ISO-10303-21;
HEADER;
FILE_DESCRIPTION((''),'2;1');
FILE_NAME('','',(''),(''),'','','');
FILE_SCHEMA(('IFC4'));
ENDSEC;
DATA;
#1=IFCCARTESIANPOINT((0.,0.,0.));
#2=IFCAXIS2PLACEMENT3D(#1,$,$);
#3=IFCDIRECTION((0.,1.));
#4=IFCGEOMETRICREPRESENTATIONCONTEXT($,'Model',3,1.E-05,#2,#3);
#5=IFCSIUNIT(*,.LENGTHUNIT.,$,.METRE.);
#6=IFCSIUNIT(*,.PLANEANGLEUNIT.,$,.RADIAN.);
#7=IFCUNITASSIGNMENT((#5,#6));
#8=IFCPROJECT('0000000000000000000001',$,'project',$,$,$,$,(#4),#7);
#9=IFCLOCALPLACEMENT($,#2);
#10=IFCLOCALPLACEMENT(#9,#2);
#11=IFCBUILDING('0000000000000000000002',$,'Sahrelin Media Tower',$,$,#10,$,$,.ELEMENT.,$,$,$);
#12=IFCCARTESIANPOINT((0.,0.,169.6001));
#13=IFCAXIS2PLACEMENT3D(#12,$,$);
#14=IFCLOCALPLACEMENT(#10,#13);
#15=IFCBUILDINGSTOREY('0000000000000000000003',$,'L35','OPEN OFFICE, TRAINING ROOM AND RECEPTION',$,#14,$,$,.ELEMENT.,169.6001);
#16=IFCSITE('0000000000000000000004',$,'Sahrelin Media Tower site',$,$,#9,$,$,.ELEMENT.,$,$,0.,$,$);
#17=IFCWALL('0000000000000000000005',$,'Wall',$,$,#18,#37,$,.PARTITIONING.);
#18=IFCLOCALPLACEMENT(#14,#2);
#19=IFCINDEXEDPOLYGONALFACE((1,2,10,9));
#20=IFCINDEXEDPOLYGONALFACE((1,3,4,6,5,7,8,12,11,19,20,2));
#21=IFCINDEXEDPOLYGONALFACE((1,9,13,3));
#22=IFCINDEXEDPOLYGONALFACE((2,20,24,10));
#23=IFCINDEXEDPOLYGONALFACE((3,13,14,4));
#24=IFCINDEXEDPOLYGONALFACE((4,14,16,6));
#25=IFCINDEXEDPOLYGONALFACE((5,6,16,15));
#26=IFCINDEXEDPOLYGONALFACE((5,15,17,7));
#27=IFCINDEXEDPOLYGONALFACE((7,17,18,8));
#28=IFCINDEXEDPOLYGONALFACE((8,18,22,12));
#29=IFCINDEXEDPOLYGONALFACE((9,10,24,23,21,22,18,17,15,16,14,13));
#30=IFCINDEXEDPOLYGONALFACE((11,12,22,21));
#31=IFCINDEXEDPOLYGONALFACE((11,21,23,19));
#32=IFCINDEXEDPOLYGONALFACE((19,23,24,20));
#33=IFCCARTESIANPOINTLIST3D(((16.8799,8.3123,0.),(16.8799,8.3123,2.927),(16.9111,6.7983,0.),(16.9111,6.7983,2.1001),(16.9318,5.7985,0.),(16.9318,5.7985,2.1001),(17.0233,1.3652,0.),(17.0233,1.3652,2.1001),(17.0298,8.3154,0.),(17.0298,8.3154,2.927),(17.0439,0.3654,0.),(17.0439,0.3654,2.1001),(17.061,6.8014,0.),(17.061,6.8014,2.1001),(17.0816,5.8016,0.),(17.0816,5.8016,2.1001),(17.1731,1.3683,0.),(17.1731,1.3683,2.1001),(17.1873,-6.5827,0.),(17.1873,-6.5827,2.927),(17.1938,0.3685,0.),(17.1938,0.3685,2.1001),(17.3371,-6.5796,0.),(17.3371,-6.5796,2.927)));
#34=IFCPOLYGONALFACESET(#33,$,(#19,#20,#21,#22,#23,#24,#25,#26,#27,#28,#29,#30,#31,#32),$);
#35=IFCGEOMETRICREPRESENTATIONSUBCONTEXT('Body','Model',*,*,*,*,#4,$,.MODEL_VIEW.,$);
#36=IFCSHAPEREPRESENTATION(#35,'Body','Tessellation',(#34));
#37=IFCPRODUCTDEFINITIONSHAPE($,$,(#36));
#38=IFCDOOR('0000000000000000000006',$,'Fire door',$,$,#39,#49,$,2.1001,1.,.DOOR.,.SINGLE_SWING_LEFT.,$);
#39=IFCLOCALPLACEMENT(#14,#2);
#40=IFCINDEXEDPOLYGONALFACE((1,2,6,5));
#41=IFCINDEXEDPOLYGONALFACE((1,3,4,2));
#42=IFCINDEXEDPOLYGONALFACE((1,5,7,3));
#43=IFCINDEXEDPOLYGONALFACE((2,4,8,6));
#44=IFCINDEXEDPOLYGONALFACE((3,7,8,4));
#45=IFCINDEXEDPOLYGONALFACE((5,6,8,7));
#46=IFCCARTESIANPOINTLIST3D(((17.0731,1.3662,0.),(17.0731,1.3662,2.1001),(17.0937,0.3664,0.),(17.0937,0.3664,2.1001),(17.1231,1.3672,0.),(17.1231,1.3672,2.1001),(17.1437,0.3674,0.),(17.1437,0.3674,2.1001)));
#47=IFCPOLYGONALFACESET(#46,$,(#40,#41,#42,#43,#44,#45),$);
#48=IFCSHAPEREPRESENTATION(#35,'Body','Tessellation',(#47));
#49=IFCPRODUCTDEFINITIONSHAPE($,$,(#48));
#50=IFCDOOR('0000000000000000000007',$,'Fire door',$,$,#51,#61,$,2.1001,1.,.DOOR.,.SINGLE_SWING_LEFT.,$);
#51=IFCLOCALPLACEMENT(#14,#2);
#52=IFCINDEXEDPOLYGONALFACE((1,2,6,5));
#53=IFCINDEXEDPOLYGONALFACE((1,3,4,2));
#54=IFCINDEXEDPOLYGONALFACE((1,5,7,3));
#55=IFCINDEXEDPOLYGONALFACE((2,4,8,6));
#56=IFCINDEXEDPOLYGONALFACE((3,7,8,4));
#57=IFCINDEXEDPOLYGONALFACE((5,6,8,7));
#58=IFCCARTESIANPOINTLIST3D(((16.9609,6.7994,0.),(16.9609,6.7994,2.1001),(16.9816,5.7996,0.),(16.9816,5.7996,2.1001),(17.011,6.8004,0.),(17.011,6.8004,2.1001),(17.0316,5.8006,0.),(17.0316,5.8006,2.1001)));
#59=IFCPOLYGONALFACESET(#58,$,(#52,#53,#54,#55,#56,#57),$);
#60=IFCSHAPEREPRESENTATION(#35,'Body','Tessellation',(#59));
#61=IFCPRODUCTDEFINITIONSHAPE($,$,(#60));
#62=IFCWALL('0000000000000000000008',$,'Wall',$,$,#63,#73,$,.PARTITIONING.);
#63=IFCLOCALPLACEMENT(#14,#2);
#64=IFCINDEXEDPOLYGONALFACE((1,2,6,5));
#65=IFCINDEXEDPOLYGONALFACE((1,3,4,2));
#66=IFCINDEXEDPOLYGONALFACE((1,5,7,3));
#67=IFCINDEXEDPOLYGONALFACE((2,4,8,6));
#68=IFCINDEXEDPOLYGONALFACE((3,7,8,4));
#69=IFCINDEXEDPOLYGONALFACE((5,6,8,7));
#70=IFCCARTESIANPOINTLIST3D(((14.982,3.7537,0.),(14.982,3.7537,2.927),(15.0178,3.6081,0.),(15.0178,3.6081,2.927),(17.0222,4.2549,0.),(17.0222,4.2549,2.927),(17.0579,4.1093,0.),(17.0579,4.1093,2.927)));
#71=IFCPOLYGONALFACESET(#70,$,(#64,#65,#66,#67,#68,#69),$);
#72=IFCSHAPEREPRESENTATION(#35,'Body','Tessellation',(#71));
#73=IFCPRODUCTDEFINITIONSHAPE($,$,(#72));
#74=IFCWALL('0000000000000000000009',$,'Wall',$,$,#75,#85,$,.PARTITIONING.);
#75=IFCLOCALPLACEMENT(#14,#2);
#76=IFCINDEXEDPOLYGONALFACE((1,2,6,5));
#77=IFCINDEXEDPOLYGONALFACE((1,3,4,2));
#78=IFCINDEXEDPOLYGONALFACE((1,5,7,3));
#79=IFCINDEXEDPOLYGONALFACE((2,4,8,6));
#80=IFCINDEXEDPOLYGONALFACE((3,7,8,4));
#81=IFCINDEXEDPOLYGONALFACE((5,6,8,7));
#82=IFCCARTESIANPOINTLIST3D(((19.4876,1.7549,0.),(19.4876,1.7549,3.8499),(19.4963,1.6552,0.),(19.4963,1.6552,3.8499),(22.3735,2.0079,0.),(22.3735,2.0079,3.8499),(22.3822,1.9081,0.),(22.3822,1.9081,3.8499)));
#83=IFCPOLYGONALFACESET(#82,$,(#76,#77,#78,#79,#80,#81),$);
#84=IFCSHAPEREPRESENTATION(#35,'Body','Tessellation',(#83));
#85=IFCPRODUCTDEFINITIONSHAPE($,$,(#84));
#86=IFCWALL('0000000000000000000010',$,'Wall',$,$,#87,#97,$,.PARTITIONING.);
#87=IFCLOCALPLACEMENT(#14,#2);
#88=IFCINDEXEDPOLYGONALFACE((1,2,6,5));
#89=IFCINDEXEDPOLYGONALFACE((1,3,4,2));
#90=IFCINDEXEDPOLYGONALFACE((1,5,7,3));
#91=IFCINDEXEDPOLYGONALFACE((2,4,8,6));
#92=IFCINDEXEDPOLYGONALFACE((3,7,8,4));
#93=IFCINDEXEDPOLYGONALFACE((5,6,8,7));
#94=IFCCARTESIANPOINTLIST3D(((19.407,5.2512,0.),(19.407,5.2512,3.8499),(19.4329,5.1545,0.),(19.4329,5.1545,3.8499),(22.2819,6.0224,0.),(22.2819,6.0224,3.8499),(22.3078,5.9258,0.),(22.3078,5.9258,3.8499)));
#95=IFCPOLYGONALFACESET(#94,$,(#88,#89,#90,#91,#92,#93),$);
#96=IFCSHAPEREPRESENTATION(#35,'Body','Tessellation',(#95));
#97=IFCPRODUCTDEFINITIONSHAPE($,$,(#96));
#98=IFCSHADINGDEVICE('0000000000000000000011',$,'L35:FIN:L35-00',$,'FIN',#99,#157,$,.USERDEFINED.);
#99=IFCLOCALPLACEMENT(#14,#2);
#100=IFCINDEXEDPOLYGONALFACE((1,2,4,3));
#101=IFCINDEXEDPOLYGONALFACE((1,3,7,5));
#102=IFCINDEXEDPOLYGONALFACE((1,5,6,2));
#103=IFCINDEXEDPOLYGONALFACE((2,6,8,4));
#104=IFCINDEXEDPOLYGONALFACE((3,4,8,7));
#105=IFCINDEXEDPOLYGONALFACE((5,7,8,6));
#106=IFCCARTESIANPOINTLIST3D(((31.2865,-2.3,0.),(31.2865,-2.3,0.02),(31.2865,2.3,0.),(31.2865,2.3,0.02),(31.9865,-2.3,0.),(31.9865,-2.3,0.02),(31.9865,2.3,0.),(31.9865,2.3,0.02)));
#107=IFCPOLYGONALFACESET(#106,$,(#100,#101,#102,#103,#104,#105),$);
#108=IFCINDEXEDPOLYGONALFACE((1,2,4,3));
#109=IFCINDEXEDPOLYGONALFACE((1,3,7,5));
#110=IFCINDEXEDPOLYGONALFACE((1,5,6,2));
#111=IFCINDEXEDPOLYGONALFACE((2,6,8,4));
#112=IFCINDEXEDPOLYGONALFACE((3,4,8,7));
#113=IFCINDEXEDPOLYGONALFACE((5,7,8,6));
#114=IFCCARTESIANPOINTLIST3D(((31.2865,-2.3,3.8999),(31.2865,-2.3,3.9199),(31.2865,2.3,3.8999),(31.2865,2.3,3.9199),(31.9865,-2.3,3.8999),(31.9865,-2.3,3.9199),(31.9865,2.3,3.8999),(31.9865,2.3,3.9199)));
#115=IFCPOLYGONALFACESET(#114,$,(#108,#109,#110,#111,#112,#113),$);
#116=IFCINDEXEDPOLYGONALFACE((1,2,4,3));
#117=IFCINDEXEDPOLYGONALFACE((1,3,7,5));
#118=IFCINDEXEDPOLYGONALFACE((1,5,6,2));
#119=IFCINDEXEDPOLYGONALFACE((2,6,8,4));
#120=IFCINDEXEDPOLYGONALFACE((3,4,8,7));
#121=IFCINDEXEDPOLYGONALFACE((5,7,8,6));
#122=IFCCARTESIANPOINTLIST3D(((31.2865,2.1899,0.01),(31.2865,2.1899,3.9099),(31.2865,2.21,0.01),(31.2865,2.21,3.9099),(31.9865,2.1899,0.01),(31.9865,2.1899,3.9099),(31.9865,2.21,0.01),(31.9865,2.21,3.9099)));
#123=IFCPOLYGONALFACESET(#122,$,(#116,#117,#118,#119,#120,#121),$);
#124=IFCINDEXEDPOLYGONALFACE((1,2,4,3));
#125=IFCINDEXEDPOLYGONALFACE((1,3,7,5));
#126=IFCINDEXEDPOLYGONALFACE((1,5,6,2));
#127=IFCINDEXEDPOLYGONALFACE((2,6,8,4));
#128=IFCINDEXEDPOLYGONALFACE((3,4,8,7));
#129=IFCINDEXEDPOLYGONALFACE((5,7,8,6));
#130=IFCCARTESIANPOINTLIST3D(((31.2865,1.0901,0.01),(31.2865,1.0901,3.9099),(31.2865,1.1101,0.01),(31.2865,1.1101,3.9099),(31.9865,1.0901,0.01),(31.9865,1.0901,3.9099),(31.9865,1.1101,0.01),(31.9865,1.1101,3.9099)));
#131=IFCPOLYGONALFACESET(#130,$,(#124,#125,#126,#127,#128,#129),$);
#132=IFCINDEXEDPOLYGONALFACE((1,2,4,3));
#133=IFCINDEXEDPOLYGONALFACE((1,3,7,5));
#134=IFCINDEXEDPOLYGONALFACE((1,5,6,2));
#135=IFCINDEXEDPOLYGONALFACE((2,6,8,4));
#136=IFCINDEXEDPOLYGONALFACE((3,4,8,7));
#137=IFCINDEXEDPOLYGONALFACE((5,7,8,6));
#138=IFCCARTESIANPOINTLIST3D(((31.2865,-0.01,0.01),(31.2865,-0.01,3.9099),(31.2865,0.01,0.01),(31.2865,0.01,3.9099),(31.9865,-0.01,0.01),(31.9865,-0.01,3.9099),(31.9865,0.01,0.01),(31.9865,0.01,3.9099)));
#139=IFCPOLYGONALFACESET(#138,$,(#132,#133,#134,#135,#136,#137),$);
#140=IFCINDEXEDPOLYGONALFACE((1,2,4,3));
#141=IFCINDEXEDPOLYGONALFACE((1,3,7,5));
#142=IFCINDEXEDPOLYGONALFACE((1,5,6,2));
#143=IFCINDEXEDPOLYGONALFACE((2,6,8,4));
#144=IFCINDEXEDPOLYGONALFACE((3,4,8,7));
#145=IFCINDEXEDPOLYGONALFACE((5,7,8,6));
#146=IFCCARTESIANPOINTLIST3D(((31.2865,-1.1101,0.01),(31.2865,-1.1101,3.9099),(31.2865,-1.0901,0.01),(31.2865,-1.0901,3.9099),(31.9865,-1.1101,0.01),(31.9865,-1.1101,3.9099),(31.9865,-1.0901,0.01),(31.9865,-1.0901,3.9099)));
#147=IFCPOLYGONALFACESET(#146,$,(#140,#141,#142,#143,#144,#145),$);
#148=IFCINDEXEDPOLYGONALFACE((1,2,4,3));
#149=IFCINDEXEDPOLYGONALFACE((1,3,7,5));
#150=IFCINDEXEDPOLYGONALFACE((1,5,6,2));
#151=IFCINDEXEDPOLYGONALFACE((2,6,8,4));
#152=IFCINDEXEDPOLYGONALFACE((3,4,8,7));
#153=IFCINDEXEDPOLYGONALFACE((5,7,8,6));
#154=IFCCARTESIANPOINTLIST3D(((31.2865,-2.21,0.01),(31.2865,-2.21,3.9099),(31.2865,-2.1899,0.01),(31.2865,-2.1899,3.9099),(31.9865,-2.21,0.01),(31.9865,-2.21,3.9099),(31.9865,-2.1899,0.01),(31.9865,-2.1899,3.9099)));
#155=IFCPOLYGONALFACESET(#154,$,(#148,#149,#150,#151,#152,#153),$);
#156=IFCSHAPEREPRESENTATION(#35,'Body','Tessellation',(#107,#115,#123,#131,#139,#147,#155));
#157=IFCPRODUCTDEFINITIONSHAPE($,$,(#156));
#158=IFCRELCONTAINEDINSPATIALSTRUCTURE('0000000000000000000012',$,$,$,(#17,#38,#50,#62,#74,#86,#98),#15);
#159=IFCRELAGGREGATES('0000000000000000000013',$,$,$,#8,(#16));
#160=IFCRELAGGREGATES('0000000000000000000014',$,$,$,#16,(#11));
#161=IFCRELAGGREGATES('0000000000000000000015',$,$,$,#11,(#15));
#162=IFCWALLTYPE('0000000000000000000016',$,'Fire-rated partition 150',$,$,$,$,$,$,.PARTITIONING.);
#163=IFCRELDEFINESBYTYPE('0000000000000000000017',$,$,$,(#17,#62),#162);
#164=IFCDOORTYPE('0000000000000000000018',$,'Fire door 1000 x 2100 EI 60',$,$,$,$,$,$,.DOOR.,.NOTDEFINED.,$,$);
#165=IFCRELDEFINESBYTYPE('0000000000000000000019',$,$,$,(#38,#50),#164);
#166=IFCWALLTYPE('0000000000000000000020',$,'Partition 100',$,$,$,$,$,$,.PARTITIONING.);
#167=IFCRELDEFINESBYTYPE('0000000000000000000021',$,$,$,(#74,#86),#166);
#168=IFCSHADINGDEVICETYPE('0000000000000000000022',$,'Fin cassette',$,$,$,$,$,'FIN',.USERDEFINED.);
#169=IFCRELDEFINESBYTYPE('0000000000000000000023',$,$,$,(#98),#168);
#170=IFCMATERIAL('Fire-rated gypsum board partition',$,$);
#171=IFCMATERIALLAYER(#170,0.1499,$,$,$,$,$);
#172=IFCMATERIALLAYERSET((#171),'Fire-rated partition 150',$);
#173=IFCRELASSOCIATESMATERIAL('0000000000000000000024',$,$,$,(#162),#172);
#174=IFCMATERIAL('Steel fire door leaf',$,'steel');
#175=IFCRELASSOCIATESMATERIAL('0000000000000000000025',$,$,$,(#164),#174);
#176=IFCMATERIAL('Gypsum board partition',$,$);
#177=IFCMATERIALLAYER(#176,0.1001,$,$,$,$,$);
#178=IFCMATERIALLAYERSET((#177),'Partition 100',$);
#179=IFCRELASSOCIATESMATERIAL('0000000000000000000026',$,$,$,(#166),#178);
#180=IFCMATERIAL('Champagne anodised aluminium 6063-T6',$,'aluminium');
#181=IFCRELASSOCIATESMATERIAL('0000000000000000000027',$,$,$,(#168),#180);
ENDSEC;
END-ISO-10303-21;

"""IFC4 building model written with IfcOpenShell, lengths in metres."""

from ifc_helpers import new_model, si_unit, direction, frame, frame_2d, origin, origin_2d, place, context, subcontext, project, spatial, rectangle, extrude, material, layer, layer_set, type_object, element, fill, save


model = new_model("IFC4")

# Units and contexts
model_context = context("Model", 3, precision=1e-05, world=origin(), true_north=direction((0.0, 1.0)))
body_context = subcontext(model_context, "Body", "Model", "MODEL_VIEW")
ifc_project = project(units=[si_unit("LENGTHUNIT", "METRE"), si_unit("PLANEANGLEUNIT", "RADIAN")], contexts=[model_context])

# Site, building, storey
site_placement = place(None, origin())
site = spatial("IfcSite", under=ifc_project, at=site_placement, Name="Sahrelin Media Tower site", CompositionType="ELEMENT", RefElevation=0.0)
building_placement = place(site_placement, origin())
building = spatial("IfcBuilding", under=site, at=building_placement, Name="Sahrelin Media Tower", CompositionType="ELEMENT")
storey_placement = place(building_placement, frame((0.0, 0.0, 169.6001)))
storey = spatial("IfcBuildingStorey", under=building, at=storey_placement, Name="L35", Description="OPEN OFFICE, TRAINING ROOM AND RECEPTION", CompositionType="ELEMENT", Elevation=169.6001)

# Shared definitions
ifc_material_1 = material(Name="Champagne anodised aluminium 6063-T6", Category="aluminium")

# Wall, openings, doors
ifc_material_2 = material(Name="Fire-rated gypsum board partition")
ifc_layer_1 = layer(ifc_material_2, 0.1499)
ifc_layer_set_1 = layer_set([ifc_layer_1], Name="Fire-rated partition 150")
wall_type_1 = type_object("IfcWallType", Name="Fire-rated partition 150", PredefinedType="PARTITIONING", material=ifc_layer_set_1)
wall_1_placement = place(storey_placement, frame((16.9548, 8.314, 0.0), z_axis=(0.0, 0.0, 1.0), x_axis=(0.020632, -0.999787, 0.0)))
wall_1 = element("IfcWall", 1, at=wall_1_placement, inside=storey, type_object=wall_type_1, Name="Wall", PredefinedType="PARTITIONING", context=body_context, shape_type="SweptSolid", body=[
    extrude(rectangle(XDim=14.8982, YDim=0.1499, at=frame_2d((7.4492, 0.0))), origin(), (0.0, 0.0, 1.0), 2.927),
])
opening_1_placement = place(wall_1_placement, frame((6.9487, 0.0, 0.0)))
opening_1 = element("IfcOpeningElement", 2, at=opening_1_placement, cuts=wall_1, PredefinedType="OPENING", context=body_context, shape_type="SweptSolid", body=[
    extrude(rectangle(XDim=1.0, YDim=2.1001, at=frame_2d((0.5, 1.05))), frame((0.0, 0.075, 0.0), z_axis=(0.0, -1.0, 0.0), x_axis=(1.0, 0.0, 0.0)), (0.0, 0.0, 1.0), 0.1499),
])
opening_2_placement = place(wall_1_placement, frame((1.5144, 0.0, 0.0)))
opening_2 = element("IfcOpeningElement", 3, at=opening_2_placement, cuts=wall_1, PredefinedType="OPENING", context=body_context, shape_type="SweptSolid", body=[
    extrude(rectangle(XDim=1.0, YDim=2.1001, at=frame_2d((0.5, 1.05))), frame((0.0, 0.075, 0.0), z_axis=(0.0, -1.0, 0.0), x_axis=(1.0, 0.0, 0.0)), (0.0, 0.0, 1.0), 0.1499),
])
ifc_material_3 = material(Name="Steel fire door leaf", Category="steel")
door_type = type_object("IfcDoorType", Name="Fire door 1000 x 2100 EI 60", OperationType="NOTDEFINED", PredefinedType="DOOR", material=ifc_material_3)
door_1_placement = place(opening_1_placement, origin())
door_1 = element("IfcDoor", 4, at=door_1_placement, inside=storey, type_object=door_type, Name="Fire door", OperationType="SINGLE_SWING_LEFT", OverallHeight=2.1001, OverallWidth=1.0, PredefinedType="DOOR", context=body_context, shape_type="SweptSolid", body=[
    extrude(rectangle(XDim=1.0, YDim=2.1001, at=frame_2d((0.5, 1.05))), frame((0.0, 0.0249, 0.0), z_axis=(0.0, -1.0, 0.0), x_axis=(1.0, 0.0, 0.0)), (0.0, 0.0, 1.0), 0.05),
])
fill(opening_1, door_1)
door_2_placement = place(opening_2_placement, origin())
door_2 = element("IfcDoor", 5, at=door_2_placement, inside=storey, type_object=door_type, Name="Fire door", OperationType="SINGLE_SWING_LEFT", OverallHeight=2.1001, OverallWidth=1.0, PredefinedType="DOOR", context=body_context, shape_type="SweptSolid", body=[
    extrude(rectangle(XDim=1.0, YDim=2.1001, at=frame_2d((0.5, 1.05))), frame((0.0, 0.0249, 0.0), z_axis=(0.0, -1.0, 0.0), x_axis=(1.0, 0.0, 0.0)), (0.0, 0.0, 1.0), 0.05),
])
fill(opening_2, door_2)

# Walls
wall_2_placement = place(storey_placement, frame((15.0, 3.6809, 0.0), z_axis=(0.0, 0.0, 1.0), x_axis=(0.971119, 0.238596, 0.0)))
element("IfcWall", 6, at=wall_2_placement, inside=storey, type_object=wall_type_1, Name="Wall", PredefinedType="PARTITIONING", context=body_context, shape_type="SweptSolid", body=[
    extrude(rectangle(XDim=2.1008, YDim=0.1499, at=frame_2d((1.0503, 0.0))), origin(), (0.0, 0.0, 1.0), 2.927),
])
ifc_material_4 = material(Name="Gypsum board partition")
ifc_layer_2 = layer(ifc_material_4, 0.1001)
ifc_layer_set_2 = layer_set([ifc_layer_2], Name="Partition 100")
wall_type_2 = type_object("IfcWallType", Name="Partition 100", PredefinedType="PARTITIONING", material=ifc_layer_set_2)
wall_3_placement = place(storey_placement, frame((19.4919, 1.7051, 0.0), z_axis=(0.0, 0.0, 1.0), x_axis=(0.996182, 0.087306, 0.0)))
element("IfcWall", 7, at=wall_3_placement, inside=storey, type_object=wall_type_2, Name="Wall", PredefinedType="PARTITIONING", context=body_context, shape_type="SweptSolid", body=[
    extrude(rectangle(XDim=2.897, YDim=0.1001, at=frame_2d((1.4485, 0.0))), origin(), (0.0, 0.0, 1.0), 3.8499),
])
wall_4_placement = place(storey_placement, frame((19.4199, 5.2029, 0.0), z_axis=(0.0, 0.0, 1.0), x_axis=(0.965851, 0.259097, 0.0)))
element("IfcWall", 8, at=wall_4_placement, inside=storey, type_object=wall_type_2, Name="Wall", PredefinedType="PARTITIONING", context=body_context, shape_type="SweptSolid", body=[
    extrude(rectangle(XDim=2.9766, YDim=0.1001, at=frame_2d((1.4883, 0.0))), origin(), (0.0, 0.0, 1.0), 3.8499),
])

# Shading device
shading_device_type_1 = type_object("IfcShadingDeviceType", Name="Fin cassette", ElementType="FIN", PredefinedType="USERDEFINED", material=ifc_material_1)
placement_1 = place(storey_placement, frame((31.2166, 0.0, 0.0), z_axis=(0.0, 0.0, 1.0), x_axis=(0.0, -1.0, 0.0)))
element("IfcShadingDevice", 9, at=placement_1, inside=storey, type_object=shading_device_type_1, Name="L35:FIN:L35-00", ObjectType="FIN", PredefinedType="USERDEFINED", context=body_context, shape_type="SweptSolid", body=[
    extrude(rectangle(XDim=4.6001, YDim=0.7, at=origin_2d()), frame((0.0, 0.4199, 0.0)), (0.0, 0.0, 1.0), 0.02),
    extrude(rectangle(XDim=4.6001, YDim=0.7, at=origin_2d()), frame((0.0, 0.4199, 3.8999)), (0.0, 0.0, 1.0), 0.02),
    extrude(rectangle(XDim=0.02, YDim=0.7, at=origin_2d()), frame((-2.2, 0.4199, 0.01), z_axis=(0.0, 0.0, 1.0), x_axis=(1.0, 0.0, 0.0)), (0.0, 0.0, 1.0), 3.8999),
    extrude(rectangle(XDim=0.02, YDim=0.7, at=origin_2d()), frame((-1.1001, 0.4199, 0.01), z_axis=(0.0, 0.0, 1.0), x_axis=(1.0, 0.0, 0.0)), (0.0, 0.0, 1.0), 3.8999),
    extrude(rectangle(XDim=0.02, YDim=0.7, at=origin_2d()), frame((0.0, 0.4199, 0.01), z_axis=(0.0, 0.0, 1.0), x_axis=(1.0, 0.0, 0.0)), (0.0, 0.0, 1.0), 3.8999),
    extrude(rectangle(XDim=0.02, YDim=0.7, at=origin_2d()), frame((1.1001, 0.4199, 0.01), z_axis=(0.0, 0.0, 1.0), x_axis=(1.0, 0.0, 0.0)), (0.0, 0.0, 1.0), 3.8999),
    extrude(rectangle(XDim=0.02, YDim=0.7, at=origin_2d()), frame((2.2, 0.4199, 0.01), z_axis=(0.0, 0.0, 1.0), x_axis=(1.0, 0.0, 0.0)), (0.0, 0.0, 1.0), 3.8999),
])

save(model, "model.ifc")
